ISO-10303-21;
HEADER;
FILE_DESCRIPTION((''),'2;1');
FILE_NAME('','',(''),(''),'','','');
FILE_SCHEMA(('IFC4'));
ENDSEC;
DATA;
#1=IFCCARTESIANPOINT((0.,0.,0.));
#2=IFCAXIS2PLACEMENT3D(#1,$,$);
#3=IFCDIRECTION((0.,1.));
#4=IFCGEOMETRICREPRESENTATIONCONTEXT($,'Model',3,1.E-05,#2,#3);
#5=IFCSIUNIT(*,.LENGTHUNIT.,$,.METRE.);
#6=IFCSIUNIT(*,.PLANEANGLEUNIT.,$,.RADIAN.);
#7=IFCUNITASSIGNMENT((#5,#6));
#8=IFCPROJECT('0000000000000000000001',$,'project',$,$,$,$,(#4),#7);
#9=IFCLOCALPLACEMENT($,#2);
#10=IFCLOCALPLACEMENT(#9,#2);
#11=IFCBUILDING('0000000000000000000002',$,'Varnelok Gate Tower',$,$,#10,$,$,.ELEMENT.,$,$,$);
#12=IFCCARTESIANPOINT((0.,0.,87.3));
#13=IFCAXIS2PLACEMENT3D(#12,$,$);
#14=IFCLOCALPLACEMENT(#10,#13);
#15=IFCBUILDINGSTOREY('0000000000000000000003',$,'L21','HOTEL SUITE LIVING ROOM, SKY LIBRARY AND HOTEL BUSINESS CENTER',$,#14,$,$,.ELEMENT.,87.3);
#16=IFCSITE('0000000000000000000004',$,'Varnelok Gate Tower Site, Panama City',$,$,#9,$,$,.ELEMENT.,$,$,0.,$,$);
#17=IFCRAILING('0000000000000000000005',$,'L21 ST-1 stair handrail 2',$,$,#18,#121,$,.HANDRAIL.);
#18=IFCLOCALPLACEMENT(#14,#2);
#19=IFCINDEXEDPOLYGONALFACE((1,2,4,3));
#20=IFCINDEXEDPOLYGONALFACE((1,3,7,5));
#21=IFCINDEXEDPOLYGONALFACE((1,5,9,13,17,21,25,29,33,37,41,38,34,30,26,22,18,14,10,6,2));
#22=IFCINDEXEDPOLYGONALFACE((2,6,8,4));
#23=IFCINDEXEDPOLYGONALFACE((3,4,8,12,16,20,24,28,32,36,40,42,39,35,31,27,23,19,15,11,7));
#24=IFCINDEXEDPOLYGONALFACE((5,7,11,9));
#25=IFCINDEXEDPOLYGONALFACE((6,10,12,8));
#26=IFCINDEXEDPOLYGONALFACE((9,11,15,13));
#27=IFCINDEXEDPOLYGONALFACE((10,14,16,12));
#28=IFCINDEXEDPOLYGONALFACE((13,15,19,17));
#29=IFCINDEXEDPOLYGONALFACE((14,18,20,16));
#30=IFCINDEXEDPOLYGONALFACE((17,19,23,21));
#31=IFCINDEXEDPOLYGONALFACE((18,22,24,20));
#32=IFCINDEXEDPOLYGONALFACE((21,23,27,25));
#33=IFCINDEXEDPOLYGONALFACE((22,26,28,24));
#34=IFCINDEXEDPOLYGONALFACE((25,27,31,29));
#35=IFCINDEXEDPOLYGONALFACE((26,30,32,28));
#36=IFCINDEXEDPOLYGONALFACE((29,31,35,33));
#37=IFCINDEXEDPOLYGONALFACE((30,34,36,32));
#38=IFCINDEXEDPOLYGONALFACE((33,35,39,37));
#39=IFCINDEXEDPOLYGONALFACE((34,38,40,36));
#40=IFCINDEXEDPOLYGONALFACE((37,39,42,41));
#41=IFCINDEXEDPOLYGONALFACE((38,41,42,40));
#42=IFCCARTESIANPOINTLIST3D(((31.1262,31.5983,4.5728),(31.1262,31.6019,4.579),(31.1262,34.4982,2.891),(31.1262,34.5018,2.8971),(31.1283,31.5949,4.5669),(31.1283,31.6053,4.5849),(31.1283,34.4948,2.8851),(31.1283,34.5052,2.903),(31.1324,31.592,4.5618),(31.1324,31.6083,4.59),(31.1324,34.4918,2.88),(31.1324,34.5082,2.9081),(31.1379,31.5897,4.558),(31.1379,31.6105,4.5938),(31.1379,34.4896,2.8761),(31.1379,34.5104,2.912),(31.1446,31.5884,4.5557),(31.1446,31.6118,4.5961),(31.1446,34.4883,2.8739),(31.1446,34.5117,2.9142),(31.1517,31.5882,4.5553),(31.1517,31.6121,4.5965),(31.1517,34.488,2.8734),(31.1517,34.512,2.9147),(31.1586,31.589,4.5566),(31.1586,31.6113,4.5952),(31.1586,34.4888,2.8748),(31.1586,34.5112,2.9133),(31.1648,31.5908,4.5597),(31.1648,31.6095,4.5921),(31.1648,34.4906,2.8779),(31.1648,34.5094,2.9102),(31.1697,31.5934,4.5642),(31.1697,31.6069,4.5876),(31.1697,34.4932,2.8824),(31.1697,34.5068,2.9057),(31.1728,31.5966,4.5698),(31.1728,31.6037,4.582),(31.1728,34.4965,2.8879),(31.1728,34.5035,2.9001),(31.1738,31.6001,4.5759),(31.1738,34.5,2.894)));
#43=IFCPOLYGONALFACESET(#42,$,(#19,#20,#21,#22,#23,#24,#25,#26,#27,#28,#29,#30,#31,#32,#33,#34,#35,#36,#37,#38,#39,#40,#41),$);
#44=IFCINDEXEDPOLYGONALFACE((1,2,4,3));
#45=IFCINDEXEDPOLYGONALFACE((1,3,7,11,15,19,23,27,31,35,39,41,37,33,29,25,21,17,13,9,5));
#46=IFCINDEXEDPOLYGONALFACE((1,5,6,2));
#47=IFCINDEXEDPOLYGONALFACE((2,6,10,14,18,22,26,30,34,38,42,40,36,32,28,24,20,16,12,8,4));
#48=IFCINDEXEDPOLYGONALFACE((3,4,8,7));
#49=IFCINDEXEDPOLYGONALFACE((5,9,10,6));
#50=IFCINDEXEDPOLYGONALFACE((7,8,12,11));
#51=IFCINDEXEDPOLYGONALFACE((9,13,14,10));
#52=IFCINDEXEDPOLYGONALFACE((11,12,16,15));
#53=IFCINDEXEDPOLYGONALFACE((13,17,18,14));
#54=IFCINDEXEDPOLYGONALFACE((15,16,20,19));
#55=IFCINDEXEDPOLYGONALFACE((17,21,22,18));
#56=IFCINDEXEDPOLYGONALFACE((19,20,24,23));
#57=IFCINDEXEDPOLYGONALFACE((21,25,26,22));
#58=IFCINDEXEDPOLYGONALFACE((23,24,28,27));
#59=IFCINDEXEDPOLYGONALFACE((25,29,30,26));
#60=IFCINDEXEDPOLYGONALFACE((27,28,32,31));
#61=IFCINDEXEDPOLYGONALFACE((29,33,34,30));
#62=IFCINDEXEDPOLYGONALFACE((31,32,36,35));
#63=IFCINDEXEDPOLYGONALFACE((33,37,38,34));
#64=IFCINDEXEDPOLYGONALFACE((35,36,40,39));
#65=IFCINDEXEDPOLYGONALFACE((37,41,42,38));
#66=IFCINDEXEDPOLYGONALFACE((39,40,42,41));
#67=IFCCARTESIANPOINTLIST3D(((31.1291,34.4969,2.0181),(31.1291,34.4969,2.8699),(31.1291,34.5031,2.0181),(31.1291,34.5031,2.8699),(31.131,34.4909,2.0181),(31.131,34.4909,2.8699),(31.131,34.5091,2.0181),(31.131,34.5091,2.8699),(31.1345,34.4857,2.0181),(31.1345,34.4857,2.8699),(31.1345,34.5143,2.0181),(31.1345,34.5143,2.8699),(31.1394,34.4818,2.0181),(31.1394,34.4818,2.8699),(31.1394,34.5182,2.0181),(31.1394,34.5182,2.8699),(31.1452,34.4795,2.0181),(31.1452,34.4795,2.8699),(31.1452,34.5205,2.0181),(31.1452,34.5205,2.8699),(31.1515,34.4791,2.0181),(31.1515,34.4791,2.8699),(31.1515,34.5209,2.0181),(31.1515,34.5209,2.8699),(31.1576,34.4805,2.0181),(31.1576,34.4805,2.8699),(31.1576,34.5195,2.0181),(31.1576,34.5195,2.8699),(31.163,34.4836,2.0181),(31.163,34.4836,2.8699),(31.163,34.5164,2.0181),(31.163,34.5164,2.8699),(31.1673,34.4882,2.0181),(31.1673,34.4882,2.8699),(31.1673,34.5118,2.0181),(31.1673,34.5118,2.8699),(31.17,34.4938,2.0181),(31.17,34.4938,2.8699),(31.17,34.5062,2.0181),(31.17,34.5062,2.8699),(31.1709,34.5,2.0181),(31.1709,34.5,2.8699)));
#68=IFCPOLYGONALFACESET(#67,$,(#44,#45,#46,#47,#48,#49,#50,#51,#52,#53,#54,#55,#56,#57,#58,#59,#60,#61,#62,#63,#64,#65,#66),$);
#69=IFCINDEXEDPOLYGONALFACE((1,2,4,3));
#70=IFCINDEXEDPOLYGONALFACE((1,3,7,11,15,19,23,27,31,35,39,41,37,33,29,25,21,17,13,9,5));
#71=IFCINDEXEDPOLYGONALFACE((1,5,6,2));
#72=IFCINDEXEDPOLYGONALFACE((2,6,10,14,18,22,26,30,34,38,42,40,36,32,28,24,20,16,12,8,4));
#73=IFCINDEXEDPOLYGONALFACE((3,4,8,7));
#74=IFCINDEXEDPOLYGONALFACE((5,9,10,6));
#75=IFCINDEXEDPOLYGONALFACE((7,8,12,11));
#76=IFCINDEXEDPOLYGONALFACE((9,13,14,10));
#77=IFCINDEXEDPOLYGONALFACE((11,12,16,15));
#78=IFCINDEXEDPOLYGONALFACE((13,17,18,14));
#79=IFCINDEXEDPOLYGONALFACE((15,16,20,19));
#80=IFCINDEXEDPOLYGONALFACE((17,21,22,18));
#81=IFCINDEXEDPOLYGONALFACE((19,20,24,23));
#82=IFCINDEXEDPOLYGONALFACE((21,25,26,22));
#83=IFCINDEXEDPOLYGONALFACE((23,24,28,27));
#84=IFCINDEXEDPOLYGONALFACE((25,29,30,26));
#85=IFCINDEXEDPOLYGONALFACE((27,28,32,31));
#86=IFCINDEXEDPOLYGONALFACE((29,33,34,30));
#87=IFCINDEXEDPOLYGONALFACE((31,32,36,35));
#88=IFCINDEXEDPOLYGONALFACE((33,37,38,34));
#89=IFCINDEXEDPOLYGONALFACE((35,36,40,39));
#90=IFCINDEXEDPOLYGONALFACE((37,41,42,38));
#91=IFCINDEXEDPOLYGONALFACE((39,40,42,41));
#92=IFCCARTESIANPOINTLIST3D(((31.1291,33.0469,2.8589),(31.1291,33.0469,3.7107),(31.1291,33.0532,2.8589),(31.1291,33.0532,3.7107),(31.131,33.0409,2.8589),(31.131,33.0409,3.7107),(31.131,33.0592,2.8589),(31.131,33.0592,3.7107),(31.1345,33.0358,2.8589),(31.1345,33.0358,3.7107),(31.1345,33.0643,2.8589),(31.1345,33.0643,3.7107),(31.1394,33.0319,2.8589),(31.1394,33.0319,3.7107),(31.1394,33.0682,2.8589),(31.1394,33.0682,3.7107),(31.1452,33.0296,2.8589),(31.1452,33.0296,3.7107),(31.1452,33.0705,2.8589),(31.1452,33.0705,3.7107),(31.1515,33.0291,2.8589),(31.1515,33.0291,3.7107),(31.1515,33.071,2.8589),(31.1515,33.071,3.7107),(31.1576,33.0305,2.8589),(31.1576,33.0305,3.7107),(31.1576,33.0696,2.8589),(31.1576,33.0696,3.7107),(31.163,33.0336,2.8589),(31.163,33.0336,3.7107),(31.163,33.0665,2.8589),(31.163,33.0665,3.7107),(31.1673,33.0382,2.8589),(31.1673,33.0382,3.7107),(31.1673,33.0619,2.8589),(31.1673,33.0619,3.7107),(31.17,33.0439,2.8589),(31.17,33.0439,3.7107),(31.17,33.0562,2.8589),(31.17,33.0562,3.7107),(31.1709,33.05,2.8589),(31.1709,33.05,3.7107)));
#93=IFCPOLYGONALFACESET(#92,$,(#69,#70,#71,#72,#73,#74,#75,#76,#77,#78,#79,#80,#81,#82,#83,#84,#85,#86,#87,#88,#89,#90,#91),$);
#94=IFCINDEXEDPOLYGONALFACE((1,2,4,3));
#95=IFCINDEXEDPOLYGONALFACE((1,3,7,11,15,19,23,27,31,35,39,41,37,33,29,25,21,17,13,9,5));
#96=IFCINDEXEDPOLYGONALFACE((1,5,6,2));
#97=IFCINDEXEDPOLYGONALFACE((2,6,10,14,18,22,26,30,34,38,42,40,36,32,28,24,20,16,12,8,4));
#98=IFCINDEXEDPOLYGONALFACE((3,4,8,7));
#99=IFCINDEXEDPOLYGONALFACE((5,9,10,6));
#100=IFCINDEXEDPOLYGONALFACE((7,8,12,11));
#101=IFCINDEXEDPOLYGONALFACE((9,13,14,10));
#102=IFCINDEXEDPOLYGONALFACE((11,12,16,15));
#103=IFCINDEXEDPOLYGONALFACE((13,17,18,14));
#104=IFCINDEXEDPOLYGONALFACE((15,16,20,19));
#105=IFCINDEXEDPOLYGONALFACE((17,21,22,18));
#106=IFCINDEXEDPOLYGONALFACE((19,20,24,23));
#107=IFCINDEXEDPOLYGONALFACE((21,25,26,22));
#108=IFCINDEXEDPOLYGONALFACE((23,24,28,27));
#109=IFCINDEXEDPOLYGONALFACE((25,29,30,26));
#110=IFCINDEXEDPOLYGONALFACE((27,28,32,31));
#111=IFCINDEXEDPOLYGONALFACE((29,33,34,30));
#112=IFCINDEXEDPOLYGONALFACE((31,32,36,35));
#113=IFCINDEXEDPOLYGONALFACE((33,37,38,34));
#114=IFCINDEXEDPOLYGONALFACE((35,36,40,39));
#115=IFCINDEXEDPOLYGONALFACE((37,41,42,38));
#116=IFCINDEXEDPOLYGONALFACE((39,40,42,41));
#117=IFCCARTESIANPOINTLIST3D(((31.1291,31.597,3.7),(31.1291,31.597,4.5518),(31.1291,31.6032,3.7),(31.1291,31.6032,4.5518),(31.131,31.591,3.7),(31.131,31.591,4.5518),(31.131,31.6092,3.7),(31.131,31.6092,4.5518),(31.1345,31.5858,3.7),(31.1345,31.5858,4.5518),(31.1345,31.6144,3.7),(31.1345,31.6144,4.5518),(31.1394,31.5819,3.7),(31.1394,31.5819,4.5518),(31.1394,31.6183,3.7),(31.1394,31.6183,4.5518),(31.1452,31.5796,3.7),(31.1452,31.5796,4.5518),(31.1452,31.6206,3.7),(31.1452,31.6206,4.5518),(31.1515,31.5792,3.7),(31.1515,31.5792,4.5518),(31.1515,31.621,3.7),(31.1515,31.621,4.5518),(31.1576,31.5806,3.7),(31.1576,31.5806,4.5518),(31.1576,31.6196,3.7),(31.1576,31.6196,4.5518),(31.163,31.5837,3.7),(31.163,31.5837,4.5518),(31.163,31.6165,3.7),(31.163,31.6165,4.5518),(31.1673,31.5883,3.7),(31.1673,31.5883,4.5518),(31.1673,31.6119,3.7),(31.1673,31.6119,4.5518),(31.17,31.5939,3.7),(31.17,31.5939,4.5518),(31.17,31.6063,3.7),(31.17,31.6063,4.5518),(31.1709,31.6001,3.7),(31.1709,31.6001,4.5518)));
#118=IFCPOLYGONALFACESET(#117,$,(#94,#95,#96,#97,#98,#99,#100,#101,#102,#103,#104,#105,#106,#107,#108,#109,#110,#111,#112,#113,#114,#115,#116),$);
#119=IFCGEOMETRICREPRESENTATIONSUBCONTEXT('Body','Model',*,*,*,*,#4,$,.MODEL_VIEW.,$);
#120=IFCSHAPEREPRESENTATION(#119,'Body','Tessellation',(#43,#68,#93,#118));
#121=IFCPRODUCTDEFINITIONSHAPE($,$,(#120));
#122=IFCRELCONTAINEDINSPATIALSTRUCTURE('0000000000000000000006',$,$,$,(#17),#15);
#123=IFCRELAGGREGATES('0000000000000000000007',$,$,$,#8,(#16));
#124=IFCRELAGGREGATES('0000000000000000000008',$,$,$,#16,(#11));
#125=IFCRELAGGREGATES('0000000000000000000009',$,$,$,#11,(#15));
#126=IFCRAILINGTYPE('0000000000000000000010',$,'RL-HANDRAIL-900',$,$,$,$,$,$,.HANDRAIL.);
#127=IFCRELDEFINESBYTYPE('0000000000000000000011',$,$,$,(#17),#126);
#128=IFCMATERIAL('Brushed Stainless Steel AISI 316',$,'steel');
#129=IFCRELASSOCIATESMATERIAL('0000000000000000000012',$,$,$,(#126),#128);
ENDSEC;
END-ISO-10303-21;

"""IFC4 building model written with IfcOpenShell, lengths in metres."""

from ifc_helpers import new_model, si_unit, direction, frame, origin, origin_2d, place, context, subcontext, project, spatial, circle, extrude, material, type_object, element, save


model = new_model("IFC4")

# Units and contexts
model_context = context("Model", 3, precision=1e-05, world=origin(), true_north=direction((0.0, 1.0)))
body_context = subcontext(model_context, "Body", "Model", "MODEL_VIEW")
ifc_project = project(units=[si_unit("LENGTHUNIT", "METRE"), si_unit("PLANEANGLEUNIT", "RADIAN")], contexts=[model_context])

# Site, building, storey
site_placement = place(None, origin())
site = spatial("IfcSite", under=ifc_project, at=site_placement, Name="Varnelok Gate Tower Site, Panama City", CompositionType="ELEMENT", RefElevation=0.0)
building_placement = place(site_placement, origin())
building = spatial("IfcBuilding", under=site, at=building_placement, Name="Varnelok Gate Tower", CompositionType="ELEMENT")
storey_placement = place(building_placement, frame((0.0, 0.0, 87.3)))
storey = spatial("IfcBuildingStorey", under=building, at=storey_placement, Name="L21", Description="HOTEL SUITE LIVING ROOM, SKY LIBRARY AND HOTEL BUSINESS CENTER", CompositionType="ELEMENT", Elevation=87.3)

# Railing
ifc_material_1 = material(Name="Brushed Stainless Steel AISI 316", Category="steel")
railing_type_1 = type_object("IfcRailingType", Name="RL-HANDRAIL-900", PredefinedType="HANDRAIL", material=ifc_material_1)
railing_1_placement = place(storey_placement, frame((31.1499, 34.5, 2.0181)))
element("IfcRailing", 1, at=railing_1_placement, inside=storey, type_object=railing_type_1, Name="L21 ST-1 stair handrail 2", PredefinedType="HANDRAIL", context=body_context, shape_type="SweptSolid", body=[
    extrude(circle(Radius=0.0239, at=origin_2d()), frame((0.0, 0.0, 0.876), z_axis=(0.0, -0.865039, 0.501705), x_axis=(1.0, 0.0, 0.0)), (0.0, 0.0, 1.0), 3.3523),
    extrude(circle(Radius=0.021, at=origin_2d()), origin(), (0.0, 0.0, 1.0), 0.8518),
    extrude(circle(Radius=0.021, at=origin_2d()), frame((0.0, -1.45, 0.8408)), (0.0, 0.0, 1.0), 0.8518),
    extrude(circle(Radius=0.021, at=origin_2d()), frame((0.0, -2.8999, 1.6819)), (0.0, 0.0, 1.0), 0.8518),
])

save(model, "model.ifc")
